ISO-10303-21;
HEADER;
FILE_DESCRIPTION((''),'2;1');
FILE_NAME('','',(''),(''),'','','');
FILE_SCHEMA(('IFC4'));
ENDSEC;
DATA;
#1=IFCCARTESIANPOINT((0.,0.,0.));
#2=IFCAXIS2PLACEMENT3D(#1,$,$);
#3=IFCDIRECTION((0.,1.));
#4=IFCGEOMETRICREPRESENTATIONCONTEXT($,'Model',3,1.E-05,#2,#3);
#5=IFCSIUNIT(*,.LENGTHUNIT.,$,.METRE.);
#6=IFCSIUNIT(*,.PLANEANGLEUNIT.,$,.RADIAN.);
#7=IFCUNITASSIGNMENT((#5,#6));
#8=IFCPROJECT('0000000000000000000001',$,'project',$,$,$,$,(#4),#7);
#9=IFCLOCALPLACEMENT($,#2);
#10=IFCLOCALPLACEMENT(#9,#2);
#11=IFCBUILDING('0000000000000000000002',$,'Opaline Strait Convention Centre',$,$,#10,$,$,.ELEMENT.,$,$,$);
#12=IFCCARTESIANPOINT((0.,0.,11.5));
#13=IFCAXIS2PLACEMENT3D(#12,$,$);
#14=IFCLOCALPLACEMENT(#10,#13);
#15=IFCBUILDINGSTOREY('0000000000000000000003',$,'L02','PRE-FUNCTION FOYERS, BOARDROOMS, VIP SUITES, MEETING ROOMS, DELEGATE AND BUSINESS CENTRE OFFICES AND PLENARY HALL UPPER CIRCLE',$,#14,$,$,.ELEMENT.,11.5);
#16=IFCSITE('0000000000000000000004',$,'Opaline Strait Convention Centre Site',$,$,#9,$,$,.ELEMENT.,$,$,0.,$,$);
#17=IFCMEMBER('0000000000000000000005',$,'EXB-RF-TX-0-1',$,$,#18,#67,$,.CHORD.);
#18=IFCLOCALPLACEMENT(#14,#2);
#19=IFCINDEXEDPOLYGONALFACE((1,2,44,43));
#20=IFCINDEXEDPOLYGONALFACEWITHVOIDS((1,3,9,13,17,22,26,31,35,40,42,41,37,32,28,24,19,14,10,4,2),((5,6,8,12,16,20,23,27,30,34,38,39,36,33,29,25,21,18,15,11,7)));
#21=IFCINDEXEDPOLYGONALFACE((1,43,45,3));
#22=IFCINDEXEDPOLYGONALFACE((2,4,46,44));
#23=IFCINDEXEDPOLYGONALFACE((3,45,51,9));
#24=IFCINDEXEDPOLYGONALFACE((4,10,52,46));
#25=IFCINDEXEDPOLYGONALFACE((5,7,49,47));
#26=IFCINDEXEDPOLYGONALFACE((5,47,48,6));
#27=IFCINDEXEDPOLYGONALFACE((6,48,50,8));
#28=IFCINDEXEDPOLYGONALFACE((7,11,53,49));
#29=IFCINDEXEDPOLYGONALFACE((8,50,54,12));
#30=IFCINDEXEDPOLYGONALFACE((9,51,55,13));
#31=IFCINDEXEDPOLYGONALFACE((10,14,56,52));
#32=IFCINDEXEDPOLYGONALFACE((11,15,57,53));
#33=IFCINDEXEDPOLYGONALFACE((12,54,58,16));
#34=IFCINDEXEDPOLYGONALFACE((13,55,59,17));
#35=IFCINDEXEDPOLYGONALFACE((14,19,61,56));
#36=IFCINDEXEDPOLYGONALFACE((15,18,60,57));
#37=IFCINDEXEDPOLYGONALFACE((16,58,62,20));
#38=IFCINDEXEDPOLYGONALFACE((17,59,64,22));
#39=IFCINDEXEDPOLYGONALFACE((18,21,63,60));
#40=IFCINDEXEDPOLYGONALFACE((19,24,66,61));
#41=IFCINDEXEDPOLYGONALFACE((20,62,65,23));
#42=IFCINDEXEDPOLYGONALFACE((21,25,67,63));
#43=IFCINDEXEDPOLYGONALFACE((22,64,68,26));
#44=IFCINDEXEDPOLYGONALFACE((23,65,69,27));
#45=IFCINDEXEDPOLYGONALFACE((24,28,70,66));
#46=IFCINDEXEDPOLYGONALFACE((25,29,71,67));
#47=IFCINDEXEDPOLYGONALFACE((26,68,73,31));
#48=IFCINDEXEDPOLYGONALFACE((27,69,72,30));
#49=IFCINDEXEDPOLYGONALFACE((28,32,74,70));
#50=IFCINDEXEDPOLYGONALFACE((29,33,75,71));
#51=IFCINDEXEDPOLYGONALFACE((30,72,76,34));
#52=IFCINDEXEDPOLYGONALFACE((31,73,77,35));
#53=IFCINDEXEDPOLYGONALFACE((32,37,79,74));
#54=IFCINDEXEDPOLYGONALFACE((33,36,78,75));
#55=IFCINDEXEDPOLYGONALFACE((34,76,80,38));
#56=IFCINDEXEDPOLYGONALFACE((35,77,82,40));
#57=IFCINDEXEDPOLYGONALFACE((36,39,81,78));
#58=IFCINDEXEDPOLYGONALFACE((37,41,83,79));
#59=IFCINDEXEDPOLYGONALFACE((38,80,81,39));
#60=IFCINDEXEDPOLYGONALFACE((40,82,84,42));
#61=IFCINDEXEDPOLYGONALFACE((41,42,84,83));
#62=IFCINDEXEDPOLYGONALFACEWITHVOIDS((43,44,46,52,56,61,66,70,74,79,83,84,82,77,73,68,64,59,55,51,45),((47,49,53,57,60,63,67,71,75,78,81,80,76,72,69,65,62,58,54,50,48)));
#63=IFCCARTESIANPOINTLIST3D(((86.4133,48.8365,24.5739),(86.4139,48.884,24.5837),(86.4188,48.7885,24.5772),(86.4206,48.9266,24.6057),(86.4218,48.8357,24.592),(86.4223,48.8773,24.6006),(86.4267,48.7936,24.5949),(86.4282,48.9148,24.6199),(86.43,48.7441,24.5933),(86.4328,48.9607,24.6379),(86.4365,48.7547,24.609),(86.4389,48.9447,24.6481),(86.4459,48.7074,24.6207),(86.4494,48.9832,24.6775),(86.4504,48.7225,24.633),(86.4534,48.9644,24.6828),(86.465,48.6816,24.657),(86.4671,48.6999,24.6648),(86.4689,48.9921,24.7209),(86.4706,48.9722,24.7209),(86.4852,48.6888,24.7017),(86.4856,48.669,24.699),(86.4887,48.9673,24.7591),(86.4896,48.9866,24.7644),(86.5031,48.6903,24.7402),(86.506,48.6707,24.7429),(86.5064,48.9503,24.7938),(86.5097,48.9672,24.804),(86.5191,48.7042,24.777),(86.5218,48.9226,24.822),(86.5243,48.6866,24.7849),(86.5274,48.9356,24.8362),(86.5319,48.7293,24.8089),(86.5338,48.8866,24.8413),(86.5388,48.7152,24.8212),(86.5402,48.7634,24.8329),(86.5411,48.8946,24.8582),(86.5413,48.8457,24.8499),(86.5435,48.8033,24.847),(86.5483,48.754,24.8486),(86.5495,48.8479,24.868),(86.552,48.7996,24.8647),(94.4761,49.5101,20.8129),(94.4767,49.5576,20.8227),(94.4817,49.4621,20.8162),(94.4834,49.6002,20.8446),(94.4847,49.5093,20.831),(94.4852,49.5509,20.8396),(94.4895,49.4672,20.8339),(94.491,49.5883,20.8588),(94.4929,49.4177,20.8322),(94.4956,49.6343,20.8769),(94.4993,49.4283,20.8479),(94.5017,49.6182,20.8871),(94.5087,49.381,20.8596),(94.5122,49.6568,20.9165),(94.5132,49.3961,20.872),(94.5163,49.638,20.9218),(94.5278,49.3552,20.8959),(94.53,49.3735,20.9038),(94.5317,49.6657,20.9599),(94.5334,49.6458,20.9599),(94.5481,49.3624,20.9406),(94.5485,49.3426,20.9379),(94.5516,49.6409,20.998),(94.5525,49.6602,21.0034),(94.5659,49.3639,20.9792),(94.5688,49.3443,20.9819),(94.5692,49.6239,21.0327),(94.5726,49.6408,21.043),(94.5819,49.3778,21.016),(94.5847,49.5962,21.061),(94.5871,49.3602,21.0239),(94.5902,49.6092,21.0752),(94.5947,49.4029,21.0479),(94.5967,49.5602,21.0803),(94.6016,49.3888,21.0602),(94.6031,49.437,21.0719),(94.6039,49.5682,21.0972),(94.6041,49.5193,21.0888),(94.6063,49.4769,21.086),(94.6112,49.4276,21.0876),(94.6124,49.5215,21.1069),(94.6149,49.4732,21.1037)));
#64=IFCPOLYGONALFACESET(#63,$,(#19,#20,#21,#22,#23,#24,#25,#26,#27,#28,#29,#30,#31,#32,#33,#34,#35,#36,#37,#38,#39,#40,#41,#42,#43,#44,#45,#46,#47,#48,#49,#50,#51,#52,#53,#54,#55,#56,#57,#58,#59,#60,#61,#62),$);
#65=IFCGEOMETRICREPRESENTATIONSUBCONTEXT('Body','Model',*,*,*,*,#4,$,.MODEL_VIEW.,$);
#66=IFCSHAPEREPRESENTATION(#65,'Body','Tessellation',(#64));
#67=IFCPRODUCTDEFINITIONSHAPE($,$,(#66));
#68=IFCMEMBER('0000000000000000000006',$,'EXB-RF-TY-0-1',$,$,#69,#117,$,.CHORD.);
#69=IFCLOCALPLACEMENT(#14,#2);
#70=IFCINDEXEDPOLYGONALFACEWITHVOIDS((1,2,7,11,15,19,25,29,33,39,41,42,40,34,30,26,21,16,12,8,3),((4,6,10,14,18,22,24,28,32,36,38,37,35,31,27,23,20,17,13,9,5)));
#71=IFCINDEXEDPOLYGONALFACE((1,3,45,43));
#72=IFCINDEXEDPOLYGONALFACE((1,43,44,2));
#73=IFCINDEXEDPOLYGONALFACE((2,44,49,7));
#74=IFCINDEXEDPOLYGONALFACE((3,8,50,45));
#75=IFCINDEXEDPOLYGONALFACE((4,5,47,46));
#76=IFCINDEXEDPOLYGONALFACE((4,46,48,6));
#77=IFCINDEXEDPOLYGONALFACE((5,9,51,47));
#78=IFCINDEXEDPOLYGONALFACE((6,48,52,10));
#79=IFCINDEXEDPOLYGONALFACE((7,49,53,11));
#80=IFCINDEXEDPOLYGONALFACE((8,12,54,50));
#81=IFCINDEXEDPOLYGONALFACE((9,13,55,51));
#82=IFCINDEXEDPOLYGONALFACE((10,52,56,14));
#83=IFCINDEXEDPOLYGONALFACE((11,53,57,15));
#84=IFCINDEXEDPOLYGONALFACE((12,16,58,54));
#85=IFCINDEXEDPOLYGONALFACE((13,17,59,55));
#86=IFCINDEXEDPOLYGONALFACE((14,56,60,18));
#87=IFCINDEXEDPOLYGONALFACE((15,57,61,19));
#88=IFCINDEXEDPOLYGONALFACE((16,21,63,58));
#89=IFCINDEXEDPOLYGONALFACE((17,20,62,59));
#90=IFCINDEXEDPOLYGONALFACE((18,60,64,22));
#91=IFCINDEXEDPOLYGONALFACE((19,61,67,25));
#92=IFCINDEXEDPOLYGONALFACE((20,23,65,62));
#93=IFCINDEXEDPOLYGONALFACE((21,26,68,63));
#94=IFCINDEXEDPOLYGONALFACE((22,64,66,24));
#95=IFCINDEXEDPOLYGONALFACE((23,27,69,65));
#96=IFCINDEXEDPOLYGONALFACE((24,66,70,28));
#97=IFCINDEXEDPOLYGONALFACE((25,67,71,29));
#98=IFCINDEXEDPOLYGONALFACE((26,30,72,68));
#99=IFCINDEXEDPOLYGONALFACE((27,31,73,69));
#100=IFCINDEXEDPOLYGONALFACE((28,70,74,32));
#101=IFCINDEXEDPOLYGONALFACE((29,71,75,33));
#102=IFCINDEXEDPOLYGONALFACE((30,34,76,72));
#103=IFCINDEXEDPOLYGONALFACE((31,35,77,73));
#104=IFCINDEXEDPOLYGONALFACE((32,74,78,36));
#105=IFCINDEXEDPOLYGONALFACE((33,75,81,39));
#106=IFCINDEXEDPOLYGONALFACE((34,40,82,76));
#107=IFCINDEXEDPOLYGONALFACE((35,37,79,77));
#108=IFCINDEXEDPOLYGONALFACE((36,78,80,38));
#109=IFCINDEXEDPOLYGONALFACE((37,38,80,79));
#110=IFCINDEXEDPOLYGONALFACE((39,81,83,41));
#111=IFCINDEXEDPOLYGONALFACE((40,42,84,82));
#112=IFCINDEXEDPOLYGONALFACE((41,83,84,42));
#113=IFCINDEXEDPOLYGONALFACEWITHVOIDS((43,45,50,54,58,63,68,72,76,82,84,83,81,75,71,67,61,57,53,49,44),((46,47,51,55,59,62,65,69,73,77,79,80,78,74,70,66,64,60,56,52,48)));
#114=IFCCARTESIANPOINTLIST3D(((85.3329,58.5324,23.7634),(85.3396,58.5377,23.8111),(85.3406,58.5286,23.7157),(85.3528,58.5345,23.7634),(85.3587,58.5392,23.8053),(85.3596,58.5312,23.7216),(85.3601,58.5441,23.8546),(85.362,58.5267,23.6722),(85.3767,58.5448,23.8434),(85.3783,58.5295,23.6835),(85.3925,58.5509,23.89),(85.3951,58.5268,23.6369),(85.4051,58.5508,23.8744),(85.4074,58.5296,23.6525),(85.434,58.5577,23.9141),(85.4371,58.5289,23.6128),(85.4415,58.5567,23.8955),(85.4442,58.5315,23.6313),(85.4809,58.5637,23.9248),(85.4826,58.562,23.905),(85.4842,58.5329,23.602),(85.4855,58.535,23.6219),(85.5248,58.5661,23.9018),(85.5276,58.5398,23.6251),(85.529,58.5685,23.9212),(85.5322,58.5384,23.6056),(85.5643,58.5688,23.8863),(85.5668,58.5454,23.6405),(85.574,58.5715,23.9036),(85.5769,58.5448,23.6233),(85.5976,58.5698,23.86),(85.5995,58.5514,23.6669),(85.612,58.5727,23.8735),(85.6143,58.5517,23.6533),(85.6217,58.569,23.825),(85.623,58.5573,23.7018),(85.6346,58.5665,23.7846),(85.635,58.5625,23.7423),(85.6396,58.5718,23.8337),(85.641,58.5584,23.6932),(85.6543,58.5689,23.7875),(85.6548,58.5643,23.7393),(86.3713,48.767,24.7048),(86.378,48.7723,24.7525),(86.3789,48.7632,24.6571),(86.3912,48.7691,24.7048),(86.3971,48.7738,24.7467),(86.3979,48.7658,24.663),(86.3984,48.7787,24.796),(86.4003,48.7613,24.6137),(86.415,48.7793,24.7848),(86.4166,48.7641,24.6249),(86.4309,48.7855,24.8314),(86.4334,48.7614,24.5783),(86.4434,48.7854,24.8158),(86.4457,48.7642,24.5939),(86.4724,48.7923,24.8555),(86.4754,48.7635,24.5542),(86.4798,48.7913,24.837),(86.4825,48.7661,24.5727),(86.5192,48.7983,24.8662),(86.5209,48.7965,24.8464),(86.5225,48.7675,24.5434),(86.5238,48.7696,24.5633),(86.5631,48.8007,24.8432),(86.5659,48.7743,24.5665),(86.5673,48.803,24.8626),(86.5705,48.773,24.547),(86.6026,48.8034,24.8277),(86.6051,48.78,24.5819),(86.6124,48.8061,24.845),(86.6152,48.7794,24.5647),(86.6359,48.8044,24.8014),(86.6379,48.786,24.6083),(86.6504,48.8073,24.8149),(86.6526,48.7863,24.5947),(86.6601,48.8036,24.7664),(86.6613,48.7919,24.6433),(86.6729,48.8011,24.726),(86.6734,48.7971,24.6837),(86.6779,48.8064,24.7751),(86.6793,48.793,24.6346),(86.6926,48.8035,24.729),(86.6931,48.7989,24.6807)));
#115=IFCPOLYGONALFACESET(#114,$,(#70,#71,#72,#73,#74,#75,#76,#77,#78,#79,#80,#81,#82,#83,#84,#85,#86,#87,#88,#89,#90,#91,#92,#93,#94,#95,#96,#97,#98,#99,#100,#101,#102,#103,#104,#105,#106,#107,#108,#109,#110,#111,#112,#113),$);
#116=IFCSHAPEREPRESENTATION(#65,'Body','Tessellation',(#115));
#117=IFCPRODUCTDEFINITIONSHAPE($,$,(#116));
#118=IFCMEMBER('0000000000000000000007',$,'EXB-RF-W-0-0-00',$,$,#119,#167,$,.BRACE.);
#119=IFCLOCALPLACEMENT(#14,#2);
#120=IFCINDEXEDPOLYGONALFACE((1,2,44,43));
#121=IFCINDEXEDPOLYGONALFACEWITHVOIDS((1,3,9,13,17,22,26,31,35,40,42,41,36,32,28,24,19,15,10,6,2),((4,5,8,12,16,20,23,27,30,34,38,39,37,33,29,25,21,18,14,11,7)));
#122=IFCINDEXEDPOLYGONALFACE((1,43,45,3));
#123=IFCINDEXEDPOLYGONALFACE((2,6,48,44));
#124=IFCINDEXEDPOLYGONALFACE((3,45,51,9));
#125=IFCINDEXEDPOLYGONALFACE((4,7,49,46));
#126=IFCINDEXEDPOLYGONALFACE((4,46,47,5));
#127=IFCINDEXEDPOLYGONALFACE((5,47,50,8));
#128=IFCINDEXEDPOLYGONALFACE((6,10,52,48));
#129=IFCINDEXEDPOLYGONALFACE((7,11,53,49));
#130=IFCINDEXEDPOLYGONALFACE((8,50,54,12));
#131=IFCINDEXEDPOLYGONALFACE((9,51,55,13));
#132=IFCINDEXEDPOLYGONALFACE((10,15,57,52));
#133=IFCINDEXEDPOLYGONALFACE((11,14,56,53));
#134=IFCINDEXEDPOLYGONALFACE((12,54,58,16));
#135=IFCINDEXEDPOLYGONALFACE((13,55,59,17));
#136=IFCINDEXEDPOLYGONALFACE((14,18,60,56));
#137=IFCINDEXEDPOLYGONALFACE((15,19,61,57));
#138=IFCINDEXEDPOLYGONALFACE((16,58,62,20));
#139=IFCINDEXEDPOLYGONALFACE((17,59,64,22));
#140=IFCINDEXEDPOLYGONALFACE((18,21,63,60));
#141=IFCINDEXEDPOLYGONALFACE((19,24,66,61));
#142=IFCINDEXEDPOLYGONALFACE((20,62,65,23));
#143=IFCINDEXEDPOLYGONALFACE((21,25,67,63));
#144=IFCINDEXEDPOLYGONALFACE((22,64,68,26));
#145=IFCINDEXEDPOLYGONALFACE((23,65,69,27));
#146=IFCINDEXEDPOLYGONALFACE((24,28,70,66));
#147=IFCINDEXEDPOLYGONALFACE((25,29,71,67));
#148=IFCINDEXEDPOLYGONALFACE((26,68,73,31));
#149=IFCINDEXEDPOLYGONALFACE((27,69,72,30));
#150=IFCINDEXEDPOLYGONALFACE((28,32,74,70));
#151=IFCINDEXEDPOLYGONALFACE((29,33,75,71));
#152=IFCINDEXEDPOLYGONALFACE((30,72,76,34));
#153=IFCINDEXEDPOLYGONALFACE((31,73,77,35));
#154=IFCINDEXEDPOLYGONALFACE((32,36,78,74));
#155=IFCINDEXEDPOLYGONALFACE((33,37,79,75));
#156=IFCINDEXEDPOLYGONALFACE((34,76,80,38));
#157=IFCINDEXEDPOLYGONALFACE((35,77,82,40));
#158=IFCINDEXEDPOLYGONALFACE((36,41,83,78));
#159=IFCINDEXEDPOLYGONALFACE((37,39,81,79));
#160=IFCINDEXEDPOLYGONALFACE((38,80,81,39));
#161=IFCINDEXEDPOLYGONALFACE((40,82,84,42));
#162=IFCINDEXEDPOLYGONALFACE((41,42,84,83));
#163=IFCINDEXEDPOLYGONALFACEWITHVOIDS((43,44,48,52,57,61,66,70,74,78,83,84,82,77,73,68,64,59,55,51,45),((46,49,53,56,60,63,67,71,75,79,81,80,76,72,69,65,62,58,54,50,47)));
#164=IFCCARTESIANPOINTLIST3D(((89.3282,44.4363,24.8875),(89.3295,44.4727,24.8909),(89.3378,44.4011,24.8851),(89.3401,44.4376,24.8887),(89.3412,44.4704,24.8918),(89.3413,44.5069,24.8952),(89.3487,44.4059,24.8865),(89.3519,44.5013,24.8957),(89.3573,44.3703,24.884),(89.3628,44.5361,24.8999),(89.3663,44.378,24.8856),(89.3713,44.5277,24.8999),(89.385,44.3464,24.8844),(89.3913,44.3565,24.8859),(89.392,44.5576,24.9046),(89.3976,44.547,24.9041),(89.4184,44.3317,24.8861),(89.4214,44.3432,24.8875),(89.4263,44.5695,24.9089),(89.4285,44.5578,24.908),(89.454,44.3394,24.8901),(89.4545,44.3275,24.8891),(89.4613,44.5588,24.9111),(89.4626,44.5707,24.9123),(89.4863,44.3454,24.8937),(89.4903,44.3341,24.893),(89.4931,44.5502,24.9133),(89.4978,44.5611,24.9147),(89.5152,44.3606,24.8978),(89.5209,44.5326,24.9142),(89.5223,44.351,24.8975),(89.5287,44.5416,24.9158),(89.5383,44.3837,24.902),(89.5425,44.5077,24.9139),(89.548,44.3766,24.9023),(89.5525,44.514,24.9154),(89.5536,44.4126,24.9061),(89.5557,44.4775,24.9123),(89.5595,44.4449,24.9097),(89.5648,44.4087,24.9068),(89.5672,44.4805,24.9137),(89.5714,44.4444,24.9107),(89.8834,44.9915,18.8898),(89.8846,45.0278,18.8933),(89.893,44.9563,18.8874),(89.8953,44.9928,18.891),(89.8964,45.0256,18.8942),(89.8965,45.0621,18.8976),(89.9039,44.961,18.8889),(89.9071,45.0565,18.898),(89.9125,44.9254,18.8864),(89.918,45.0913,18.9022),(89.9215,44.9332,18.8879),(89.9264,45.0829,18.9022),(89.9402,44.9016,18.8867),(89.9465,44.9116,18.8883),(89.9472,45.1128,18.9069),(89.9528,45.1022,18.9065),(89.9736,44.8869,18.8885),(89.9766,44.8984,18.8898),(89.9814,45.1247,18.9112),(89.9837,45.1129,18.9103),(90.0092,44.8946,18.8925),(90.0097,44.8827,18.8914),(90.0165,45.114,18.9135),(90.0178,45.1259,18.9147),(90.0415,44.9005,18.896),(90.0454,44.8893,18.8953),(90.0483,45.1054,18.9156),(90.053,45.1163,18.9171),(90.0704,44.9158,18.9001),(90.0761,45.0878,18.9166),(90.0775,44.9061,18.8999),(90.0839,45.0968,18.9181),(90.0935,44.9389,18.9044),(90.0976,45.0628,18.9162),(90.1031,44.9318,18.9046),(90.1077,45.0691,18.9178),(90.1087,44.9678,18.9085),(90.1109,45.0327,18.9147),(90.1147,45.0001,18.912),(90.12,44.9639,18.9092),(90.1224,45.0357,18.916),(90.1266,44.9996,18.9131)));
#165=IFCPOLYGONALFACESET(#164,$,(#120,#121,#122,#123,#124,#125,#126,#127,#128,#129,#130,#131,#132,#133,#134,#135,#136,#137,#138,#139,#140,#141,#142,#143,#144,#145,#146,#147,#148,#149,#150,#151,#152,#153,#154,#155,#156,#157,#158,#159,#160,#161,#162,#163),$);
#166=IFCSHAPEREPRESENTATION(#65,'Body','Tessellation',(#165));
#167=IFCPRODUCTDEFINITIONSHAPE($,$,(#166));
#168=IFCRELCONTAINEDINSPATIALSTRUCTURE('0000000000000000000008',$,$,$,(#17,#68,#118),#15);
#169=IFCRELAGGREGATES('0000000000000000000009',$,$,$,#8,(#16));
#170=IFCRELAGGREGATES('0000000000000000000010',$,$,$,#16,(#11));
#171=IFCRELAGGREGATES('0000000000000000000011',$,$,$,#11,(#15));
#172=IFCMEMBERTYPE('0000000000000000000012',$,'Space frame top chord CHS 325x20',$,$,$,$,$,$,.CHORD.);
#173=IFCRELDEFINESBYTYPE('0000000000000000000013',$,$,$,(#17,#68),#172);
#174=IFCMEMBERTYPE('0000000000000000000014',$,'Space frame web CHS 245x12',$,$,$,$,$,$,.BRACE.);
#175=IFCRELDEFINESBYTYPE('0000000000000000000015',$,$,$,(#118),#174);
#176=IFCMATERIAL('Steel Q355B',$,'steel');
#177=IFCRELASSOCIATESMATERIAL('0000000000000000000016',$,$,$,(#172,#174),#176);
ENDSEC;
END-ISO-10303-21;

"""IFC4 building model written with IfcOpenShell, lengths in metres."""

from ifc_helpers import new_model, si_unit, direction, frame, origin, origin_2d, place, context, subcontext, project, spatial, hollow_circle, extrude, material, material_profile, profile_set, type_object, element, save


model = new_model("IFC4")

# Units and contexts
model_context = context("Model", 3, precision=1e-05, world=origin(), true_north=direction((0.0, 1.0)))
body_context = subcontext(model_context, "Body", "Model", "MODEL_VIEW")
ifc_project = project(units=[si_unit("LENGTHUNIT", "METRE"), si_unit("PLANEANGLEUNIT", "RADIAN")], contexts=[model_context])

# Site, building, storey
site_placement = place(None, origin())
site = spatial("IfcSite", under=ifc_project, at=site_placement, Name="Opaline Strait Convention Centre Site", CompositionType="ELEMENT", RefElevation=0.0)
building_placement = place(site_placement, origin())
building = spatial("IfcBuilding", under=site, at=building_placement, Name="Opaline Strait Convention Centre", CompositionType="ELEMENT")
storey_placement = place(building_placement, frame((0.0, 0.0, 11.5)))
storey = spatial("IfcBuildingStorey", under=building, at=storey_placement, Name="L02", Description="PRE-FUNCTION FOYERS, BOARDROOMS, VIP SUITES, MEETING ROOMS, DELEGATE AND BUSINESS CENTRE OFFICES AND PLENARY HALL UPPER CIRCLE", CompositionType="ELEMENT", Elevation=11.5)

# Members
ifc_material_1 = material(Name="Steel Q355B", Category="steel")
ifc_material_profile_1 = material_profile(ifc_material_1, hollow_circle(Radius=0.1626, WallThickness=0.02, at=origin_2d()), Name="CHS 325x20")
ifc_profile_set_1 = profile_set([ifc_material_profile_1], Name="Steel Q355B")
member_type_1 = type_object("IfcMemberType", Name="Space frame top chord CHS 325x20", PredefinedType="CHORD", material=ifc_profile_set_1)
member_1_placement = place(storey_placement, frame((86.4824, 48.8301, 24.7209), z_axis=(0.903667, 0.075495, -0.421529), x_axis=(-0.083253, 0.996528, 0.0)))
element("IfcMember", 1, at=member_1_placement, inside=storey, type_object=member_type_1, Name="EXB-RF-TX-0-1", PredefinedType="CHORD", context=body_context, shape_type="SweptSolid", body=[
    extrude(hollow_circle(Radius=0.1626, WallThickness=0.02, at=origin_2d()), origin(), (0.0, 0.0, 1.0), 8.9224),
])
member_2_placement = place(storey_placement, frame((86.533, 48.7842, 24.7048), z_axis=(-0.105249, 0.989857, -0.095425), x_axis=(-0.994395, -0.105732, 0.0)))
element("IfcMember", 2, at=member_2_placement, inside=storey, type_object=member_type_1, Name="EXB-RF-TY-0-1", PredefinedType="CHORD", context=body_context, shape_type="SweptSolid", body=[
    extrude(hollow_circle(Radius=0.1626, WallThickness=0.02, at=origin_2d()), origin(), (0.0, 0.0, 1.0), 9.8655),
])
ifc_material_profile_2 = material_profile(ifc_material_1, hollow_circle(Radius=0.1226, WallThickness=0.012, at=origin_2d()), Name="CHS 245x12")
ifc_profile_set_2 = profile_set([ifc_material_profile_2], Name="Steel Q355B")
member_type_2 = type_object("IfcMemberType", Name="Space frame web CHS 245x12", PredefinedType="BRACE", material=ifc_profile_set_2)
member_3_placement = place(storey_placement, frame((89.4495, 44.4495, 24.8999), z_axis=(0.091784, 0.091784, -0.99154), x_axis=(-0.707107, 0.707107, 0.0)))
element("IfcMember", 3, at=member_3_placement, inside=storey, type_object=member_type_2, Name="EXB-RF-W-0-0-00", PredefinedType="BRACE", context=body_context, shape_type="SweptSolid", body=[
    extrude(hollow_circle(Radius=0.1226, WallThickness=0.012, at=origin_2d()), origin(), (0.0, 0.0, 1.0), 6.0488),
])

save(model, "model.ifc")
